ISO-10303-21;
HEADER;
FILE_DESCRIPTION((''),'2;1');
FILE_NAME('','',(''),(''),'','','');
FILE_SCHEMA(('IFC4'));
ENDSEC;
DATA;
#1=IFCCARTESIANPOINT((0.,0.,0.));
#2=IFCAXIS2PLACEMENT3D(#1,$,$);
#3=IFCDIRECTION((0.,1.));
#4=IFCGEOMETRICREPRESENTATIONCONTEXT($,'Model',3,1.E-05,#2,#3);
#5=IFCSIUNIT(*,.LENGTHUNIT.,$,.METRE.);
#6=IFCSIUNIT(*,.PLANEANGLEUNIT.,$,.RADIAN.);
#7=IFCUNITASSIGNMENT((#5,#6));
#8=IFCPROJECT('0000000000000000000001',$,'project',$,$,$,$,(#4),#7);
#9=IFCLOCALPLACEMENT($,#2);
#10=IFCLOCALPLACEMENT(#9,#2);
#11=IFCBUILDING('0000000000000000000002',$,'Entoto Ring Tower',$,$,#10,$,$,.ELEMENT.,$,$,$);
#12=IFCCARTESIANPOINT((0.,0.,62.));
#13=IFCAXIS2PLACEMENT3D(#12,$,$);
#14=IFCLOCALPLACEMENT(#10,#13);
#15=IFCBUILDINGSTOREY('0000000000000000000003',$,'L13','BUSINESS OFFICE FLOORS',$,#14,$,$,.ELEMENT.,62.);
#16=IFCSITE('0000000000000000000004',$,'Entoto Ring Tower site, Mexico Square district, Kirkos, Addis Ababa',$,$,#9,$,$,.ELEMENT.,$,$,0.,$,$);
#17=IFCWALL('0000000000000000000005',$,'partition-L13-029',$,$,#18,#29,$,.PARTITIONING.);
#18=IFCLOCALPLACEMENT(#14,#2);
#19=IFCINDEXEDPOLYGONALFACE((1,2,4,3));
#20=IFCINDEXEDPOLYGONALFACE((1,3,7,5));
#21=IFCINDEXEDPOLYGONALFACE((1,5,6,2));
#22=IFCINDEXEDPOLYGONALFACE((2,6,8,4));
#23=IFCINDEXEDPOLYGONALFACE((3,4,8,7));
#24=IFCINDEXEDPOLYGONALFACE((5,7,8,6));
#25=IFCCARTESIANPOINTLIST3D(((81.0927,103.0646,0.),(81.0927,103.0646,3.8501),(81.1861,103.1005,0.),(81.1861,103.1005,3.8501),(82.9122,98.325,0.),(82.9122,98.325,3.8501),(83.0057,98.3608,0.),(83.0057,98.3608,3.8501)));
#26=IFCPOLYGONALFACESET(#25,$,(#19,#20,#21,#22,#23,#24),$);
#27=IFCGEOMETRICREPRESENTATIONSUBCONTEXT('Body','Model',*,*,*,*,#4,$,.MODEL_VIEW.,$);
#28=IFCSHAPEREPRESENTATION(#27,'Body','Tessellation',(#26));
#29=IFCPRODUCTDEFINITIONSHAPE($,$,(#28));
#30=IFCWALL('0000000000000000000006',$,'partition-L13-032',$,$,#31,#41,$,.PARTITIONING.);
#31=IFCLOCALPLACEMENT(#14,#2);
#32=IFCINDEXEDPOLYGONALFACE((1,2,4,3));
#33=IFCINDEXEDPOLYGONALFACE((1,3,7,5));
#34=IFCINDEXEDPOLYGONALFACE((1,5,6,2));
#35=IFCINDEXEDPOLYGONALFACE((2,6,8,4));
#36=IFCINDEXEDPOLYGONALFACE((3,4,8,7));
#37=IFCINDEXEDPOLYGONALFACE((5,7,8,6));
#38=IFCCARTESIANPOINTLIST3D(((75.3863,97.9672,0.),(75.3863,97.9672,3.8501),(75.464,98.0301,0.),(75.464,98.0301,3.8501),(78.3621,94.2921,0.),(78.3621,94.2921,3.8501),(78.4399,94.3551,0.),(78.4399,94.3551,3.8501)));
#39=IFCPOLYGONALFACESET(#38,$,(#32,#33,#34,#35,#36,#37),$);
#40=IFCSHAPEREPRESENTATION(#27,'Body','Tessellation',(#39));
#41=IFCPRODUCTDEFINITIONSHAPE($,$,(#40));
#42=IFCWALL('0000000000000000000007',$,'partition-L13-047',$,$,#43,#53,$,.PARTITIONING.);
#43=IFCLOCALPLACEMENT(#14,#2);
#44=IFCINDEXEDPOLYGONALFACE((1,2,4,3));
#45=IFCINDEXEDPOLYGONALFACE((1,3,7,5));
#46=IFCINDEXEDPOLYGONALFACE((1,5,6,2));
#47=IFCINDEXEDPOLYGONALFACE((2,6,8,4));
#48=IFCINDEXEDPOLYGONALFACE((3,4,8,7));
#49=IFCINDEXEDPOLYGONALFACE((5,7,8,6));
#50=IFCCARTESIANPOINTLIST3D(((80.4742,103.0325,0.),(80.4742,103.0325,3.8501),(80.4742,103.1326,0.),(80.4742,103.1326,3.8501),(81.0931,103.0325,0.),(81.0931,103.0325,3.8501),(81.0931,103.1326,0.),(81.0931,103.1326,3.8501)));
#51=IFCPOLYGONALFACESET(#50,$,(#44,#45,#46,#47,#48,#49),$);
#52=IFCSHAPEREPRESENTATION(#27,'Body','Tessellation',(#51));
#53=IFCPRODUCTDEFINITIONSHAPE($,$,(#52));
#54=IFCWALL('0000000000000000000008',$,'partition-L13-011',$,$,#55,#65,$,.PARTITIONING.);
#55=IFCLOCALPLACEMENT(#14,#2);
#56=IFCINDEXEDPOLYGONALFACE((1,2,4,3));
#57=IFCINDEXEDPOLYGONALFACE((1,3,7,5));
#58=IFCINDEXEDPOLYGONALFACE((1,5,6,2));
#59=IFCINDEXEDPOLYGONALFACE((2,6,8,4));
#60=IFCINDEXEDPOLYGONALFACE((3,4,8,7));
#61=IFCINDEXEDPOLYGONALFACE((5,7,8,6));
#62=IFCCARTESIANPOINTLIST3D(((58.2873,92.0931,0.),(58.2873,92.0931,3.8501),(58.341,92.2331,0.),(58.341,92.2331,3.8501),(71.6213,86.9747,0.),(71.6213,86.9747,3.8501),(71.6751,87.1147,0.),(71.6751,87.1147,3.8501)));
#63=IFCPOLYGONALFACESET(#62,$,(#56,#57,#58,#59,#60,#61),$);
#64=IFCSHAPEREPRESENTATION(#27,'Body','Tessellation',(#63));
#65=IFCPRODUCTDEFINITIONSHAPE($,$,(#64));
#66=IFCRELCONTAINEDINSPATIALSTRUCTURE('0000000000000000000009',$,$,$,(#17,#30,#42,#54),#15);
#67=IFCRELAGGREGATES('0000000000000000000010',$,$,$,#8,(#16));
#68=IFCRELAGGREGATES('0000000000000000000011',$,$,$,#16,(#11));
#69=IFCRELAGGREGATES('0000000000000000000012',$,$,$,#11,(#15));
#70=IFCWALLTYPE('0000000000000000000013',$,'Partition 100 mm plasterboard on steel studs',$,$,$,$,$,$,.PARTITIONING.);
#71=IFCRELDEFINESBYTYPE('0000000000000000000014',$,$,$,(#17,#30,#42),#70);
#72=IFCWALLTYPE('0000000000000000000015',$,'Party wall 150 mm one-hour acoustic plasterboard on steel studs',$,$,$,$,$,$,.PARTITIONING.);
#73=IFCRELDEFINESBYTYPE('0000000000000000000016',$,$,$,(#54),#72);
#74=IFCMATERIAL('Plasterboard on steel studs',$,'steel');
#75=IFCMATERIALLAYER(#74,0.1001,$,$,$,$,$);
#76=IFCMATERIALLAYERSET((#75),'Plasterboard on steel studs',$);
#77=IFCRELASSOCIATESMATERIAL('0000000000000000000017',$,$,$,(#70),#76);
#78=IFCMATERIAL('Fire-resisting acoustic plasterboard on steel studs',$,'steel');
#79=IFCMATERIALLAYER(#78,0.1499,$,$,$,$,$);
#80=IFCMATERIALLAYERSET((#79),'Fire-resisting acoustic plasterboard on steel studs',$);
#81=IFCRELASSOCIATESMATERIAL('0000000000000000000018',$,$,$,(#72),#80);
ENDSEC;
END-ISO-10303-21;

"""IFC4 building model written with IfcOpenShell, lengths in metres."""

from ifc_helpers import new_model, si_unit, direction, frame, frame_2d, origin, place, context, subcontext, project, spatial, rectangle, extrude, material, layer, layer_set, type_object, element, save


model = new_model("IFC4")

# Units and contexts
model_context = context("Model", 3, precision=1e-05, world=origin(), true_north=direction((0.0, 1.0)))
body_context = subcontext(model_context, "Body", "Model", "MODEL_VIEW")
ifc_project = project(units=[si_unit("LENGTHUNIT", "METRE"), si_unit("PLANEANGLEUNIT", "RADIAN")], contexts=[model_context])

# Site, building, storey
site_placement = place(None, origin())
site = spatial("IfcSite", under=ifc_project, at=site_placement, Name="Entoto Ring Tower site, Mexico Square district, Kirkos, Addis Ababa", CompositionType="ELEMENT", RefElevation=0.0)
building_placement = place(site_placement, origin())
building = spatial("IfcBuilding", under=site, at=building_placement, Name="Entoto Ring Tower", CompositionType="ELEMENT")
storey_placement = place(building_placement, frame((0.0, 0.0, 62.0)))
storey = spatial("IfcBuildingStorey", under=building, at=storey_placement, Name="L13", Description="BUSINESS OFFICE FLOORS", CompositionType="ELEMENT", Elevation=62.0)

# Shared definitions
ifc_material_1 = material(Name="Plasterboard on steel studs", Category="steel")
ifc_layer_1 = layer(ifc_material_1, 0.1001)
ifc_layer_set_1 = layer_set([ifc_layer_1], Name="Plasterboard on steel studs")
wall_type_1 = type_object("IfcWallType", Name="Partition 100 mm plasterboard on steel studs", PredefinedType="PARTITIONING", material=ifc_layer_set_1)

# Walls
wall_1_placement = place(storey_placement, frame((82.959, 98.3428, 0.0), z_axis=(0.0, 0.0, 1.0), x_axis=(-0.358396, 0.93357, 0.0)))
element("IfcWall", 1, at=wall_1_placement, inside=storey, type_object=wall_type_1, Name="partition-L13-029", PredefinedType="PARTITIONING", context=body_context, shape_type="SweptSolid", body=[
    extrude(rectangle(XDim=5.0769, YDim=0.1001, at=frame_2d((2.5386, 0.0))), origin(), (0.0, 0.0, 1.0), 3.8501),
])
wall_2_placement = place(storey_placement, frame((78.4009, 94.3237, 0.0), z_axis=(0.0, 0.0, 1.0), x_axis=(-0.629299, 0.777163, 0.0)))
element("IfcWall", 2, at=wall_2_placement, inside=storey, type_object=wall_type_1, Name="partition-L13-032", PredefinedType="PARTITIONING", context=body_context, shape_type="SweptSolid", body=[
    extrude(rectangle(XDim=4.7288, YDim=0.1001, at=frame_2d((2.3643, 0.0))), origin(), (0.0, 0.0, 1.0), 3.8501),
])
wall_3_placement = place(storey_placement, frame((80.4741, 103.0825, 0.0), z_axis=(0.0, 0.0, 1.0), x_axis=(1.0, 0.0, 0.0)))
element("IfcWall", 3, at=wall_3_placement, inside=storey, type_object=wall_type_1, Name="partition-L13-047", PredefinedType="PARTITIONING", context=body_context, shape_type="SweptSolid", body=[
    extrude(rectangle(XDim=0.6189, YDim=0.1001, at=frame_2d((0.3096, 0.0))), origin(), (0.0, 0.0, 1.0), 3.8501),
])
ifc_material_2 = material(Name="Fire-resisting acoustic plasterboard on steel studs", Category="steel")
ifc_layer_2 = layer(ifc_material_2, 0.1499)
ifc_layer_set_2 = layer_set([ifc_layer_2], Name="Fire-resisting acoustic plasterboard on steel studs")
wall_type_2 = type_object("IfcWallType", Name="Party wall 150 mm one-hour acoustic plasterboard on steel studs", PredefinedType="PARTITIONING", material=ifc_layer_set_2)
wall_4_placement = place(storey_placement, frame((71.6482, 87.0447, 0.0), z_axis=(0.0, 0.0, 1.0), x_axis=(-0.933581, 0.358366, 0.0)))
element("IfcWall", 4, at=wall_4_placement, inside=storey, type_object=wall_type_2, Name="partition-L13-011", PredefinedType="PARTITIONING", context=body_context, shape_type="SweptSolid", body=[
    extrude(rectangle(XDim=14.2827, YDim=0.1499, at=frame_2d((7.1414, 0.0))), origin(), (0.0, 0.0, 1.0), 3.8501),
])

save(model, "model.ifc")
